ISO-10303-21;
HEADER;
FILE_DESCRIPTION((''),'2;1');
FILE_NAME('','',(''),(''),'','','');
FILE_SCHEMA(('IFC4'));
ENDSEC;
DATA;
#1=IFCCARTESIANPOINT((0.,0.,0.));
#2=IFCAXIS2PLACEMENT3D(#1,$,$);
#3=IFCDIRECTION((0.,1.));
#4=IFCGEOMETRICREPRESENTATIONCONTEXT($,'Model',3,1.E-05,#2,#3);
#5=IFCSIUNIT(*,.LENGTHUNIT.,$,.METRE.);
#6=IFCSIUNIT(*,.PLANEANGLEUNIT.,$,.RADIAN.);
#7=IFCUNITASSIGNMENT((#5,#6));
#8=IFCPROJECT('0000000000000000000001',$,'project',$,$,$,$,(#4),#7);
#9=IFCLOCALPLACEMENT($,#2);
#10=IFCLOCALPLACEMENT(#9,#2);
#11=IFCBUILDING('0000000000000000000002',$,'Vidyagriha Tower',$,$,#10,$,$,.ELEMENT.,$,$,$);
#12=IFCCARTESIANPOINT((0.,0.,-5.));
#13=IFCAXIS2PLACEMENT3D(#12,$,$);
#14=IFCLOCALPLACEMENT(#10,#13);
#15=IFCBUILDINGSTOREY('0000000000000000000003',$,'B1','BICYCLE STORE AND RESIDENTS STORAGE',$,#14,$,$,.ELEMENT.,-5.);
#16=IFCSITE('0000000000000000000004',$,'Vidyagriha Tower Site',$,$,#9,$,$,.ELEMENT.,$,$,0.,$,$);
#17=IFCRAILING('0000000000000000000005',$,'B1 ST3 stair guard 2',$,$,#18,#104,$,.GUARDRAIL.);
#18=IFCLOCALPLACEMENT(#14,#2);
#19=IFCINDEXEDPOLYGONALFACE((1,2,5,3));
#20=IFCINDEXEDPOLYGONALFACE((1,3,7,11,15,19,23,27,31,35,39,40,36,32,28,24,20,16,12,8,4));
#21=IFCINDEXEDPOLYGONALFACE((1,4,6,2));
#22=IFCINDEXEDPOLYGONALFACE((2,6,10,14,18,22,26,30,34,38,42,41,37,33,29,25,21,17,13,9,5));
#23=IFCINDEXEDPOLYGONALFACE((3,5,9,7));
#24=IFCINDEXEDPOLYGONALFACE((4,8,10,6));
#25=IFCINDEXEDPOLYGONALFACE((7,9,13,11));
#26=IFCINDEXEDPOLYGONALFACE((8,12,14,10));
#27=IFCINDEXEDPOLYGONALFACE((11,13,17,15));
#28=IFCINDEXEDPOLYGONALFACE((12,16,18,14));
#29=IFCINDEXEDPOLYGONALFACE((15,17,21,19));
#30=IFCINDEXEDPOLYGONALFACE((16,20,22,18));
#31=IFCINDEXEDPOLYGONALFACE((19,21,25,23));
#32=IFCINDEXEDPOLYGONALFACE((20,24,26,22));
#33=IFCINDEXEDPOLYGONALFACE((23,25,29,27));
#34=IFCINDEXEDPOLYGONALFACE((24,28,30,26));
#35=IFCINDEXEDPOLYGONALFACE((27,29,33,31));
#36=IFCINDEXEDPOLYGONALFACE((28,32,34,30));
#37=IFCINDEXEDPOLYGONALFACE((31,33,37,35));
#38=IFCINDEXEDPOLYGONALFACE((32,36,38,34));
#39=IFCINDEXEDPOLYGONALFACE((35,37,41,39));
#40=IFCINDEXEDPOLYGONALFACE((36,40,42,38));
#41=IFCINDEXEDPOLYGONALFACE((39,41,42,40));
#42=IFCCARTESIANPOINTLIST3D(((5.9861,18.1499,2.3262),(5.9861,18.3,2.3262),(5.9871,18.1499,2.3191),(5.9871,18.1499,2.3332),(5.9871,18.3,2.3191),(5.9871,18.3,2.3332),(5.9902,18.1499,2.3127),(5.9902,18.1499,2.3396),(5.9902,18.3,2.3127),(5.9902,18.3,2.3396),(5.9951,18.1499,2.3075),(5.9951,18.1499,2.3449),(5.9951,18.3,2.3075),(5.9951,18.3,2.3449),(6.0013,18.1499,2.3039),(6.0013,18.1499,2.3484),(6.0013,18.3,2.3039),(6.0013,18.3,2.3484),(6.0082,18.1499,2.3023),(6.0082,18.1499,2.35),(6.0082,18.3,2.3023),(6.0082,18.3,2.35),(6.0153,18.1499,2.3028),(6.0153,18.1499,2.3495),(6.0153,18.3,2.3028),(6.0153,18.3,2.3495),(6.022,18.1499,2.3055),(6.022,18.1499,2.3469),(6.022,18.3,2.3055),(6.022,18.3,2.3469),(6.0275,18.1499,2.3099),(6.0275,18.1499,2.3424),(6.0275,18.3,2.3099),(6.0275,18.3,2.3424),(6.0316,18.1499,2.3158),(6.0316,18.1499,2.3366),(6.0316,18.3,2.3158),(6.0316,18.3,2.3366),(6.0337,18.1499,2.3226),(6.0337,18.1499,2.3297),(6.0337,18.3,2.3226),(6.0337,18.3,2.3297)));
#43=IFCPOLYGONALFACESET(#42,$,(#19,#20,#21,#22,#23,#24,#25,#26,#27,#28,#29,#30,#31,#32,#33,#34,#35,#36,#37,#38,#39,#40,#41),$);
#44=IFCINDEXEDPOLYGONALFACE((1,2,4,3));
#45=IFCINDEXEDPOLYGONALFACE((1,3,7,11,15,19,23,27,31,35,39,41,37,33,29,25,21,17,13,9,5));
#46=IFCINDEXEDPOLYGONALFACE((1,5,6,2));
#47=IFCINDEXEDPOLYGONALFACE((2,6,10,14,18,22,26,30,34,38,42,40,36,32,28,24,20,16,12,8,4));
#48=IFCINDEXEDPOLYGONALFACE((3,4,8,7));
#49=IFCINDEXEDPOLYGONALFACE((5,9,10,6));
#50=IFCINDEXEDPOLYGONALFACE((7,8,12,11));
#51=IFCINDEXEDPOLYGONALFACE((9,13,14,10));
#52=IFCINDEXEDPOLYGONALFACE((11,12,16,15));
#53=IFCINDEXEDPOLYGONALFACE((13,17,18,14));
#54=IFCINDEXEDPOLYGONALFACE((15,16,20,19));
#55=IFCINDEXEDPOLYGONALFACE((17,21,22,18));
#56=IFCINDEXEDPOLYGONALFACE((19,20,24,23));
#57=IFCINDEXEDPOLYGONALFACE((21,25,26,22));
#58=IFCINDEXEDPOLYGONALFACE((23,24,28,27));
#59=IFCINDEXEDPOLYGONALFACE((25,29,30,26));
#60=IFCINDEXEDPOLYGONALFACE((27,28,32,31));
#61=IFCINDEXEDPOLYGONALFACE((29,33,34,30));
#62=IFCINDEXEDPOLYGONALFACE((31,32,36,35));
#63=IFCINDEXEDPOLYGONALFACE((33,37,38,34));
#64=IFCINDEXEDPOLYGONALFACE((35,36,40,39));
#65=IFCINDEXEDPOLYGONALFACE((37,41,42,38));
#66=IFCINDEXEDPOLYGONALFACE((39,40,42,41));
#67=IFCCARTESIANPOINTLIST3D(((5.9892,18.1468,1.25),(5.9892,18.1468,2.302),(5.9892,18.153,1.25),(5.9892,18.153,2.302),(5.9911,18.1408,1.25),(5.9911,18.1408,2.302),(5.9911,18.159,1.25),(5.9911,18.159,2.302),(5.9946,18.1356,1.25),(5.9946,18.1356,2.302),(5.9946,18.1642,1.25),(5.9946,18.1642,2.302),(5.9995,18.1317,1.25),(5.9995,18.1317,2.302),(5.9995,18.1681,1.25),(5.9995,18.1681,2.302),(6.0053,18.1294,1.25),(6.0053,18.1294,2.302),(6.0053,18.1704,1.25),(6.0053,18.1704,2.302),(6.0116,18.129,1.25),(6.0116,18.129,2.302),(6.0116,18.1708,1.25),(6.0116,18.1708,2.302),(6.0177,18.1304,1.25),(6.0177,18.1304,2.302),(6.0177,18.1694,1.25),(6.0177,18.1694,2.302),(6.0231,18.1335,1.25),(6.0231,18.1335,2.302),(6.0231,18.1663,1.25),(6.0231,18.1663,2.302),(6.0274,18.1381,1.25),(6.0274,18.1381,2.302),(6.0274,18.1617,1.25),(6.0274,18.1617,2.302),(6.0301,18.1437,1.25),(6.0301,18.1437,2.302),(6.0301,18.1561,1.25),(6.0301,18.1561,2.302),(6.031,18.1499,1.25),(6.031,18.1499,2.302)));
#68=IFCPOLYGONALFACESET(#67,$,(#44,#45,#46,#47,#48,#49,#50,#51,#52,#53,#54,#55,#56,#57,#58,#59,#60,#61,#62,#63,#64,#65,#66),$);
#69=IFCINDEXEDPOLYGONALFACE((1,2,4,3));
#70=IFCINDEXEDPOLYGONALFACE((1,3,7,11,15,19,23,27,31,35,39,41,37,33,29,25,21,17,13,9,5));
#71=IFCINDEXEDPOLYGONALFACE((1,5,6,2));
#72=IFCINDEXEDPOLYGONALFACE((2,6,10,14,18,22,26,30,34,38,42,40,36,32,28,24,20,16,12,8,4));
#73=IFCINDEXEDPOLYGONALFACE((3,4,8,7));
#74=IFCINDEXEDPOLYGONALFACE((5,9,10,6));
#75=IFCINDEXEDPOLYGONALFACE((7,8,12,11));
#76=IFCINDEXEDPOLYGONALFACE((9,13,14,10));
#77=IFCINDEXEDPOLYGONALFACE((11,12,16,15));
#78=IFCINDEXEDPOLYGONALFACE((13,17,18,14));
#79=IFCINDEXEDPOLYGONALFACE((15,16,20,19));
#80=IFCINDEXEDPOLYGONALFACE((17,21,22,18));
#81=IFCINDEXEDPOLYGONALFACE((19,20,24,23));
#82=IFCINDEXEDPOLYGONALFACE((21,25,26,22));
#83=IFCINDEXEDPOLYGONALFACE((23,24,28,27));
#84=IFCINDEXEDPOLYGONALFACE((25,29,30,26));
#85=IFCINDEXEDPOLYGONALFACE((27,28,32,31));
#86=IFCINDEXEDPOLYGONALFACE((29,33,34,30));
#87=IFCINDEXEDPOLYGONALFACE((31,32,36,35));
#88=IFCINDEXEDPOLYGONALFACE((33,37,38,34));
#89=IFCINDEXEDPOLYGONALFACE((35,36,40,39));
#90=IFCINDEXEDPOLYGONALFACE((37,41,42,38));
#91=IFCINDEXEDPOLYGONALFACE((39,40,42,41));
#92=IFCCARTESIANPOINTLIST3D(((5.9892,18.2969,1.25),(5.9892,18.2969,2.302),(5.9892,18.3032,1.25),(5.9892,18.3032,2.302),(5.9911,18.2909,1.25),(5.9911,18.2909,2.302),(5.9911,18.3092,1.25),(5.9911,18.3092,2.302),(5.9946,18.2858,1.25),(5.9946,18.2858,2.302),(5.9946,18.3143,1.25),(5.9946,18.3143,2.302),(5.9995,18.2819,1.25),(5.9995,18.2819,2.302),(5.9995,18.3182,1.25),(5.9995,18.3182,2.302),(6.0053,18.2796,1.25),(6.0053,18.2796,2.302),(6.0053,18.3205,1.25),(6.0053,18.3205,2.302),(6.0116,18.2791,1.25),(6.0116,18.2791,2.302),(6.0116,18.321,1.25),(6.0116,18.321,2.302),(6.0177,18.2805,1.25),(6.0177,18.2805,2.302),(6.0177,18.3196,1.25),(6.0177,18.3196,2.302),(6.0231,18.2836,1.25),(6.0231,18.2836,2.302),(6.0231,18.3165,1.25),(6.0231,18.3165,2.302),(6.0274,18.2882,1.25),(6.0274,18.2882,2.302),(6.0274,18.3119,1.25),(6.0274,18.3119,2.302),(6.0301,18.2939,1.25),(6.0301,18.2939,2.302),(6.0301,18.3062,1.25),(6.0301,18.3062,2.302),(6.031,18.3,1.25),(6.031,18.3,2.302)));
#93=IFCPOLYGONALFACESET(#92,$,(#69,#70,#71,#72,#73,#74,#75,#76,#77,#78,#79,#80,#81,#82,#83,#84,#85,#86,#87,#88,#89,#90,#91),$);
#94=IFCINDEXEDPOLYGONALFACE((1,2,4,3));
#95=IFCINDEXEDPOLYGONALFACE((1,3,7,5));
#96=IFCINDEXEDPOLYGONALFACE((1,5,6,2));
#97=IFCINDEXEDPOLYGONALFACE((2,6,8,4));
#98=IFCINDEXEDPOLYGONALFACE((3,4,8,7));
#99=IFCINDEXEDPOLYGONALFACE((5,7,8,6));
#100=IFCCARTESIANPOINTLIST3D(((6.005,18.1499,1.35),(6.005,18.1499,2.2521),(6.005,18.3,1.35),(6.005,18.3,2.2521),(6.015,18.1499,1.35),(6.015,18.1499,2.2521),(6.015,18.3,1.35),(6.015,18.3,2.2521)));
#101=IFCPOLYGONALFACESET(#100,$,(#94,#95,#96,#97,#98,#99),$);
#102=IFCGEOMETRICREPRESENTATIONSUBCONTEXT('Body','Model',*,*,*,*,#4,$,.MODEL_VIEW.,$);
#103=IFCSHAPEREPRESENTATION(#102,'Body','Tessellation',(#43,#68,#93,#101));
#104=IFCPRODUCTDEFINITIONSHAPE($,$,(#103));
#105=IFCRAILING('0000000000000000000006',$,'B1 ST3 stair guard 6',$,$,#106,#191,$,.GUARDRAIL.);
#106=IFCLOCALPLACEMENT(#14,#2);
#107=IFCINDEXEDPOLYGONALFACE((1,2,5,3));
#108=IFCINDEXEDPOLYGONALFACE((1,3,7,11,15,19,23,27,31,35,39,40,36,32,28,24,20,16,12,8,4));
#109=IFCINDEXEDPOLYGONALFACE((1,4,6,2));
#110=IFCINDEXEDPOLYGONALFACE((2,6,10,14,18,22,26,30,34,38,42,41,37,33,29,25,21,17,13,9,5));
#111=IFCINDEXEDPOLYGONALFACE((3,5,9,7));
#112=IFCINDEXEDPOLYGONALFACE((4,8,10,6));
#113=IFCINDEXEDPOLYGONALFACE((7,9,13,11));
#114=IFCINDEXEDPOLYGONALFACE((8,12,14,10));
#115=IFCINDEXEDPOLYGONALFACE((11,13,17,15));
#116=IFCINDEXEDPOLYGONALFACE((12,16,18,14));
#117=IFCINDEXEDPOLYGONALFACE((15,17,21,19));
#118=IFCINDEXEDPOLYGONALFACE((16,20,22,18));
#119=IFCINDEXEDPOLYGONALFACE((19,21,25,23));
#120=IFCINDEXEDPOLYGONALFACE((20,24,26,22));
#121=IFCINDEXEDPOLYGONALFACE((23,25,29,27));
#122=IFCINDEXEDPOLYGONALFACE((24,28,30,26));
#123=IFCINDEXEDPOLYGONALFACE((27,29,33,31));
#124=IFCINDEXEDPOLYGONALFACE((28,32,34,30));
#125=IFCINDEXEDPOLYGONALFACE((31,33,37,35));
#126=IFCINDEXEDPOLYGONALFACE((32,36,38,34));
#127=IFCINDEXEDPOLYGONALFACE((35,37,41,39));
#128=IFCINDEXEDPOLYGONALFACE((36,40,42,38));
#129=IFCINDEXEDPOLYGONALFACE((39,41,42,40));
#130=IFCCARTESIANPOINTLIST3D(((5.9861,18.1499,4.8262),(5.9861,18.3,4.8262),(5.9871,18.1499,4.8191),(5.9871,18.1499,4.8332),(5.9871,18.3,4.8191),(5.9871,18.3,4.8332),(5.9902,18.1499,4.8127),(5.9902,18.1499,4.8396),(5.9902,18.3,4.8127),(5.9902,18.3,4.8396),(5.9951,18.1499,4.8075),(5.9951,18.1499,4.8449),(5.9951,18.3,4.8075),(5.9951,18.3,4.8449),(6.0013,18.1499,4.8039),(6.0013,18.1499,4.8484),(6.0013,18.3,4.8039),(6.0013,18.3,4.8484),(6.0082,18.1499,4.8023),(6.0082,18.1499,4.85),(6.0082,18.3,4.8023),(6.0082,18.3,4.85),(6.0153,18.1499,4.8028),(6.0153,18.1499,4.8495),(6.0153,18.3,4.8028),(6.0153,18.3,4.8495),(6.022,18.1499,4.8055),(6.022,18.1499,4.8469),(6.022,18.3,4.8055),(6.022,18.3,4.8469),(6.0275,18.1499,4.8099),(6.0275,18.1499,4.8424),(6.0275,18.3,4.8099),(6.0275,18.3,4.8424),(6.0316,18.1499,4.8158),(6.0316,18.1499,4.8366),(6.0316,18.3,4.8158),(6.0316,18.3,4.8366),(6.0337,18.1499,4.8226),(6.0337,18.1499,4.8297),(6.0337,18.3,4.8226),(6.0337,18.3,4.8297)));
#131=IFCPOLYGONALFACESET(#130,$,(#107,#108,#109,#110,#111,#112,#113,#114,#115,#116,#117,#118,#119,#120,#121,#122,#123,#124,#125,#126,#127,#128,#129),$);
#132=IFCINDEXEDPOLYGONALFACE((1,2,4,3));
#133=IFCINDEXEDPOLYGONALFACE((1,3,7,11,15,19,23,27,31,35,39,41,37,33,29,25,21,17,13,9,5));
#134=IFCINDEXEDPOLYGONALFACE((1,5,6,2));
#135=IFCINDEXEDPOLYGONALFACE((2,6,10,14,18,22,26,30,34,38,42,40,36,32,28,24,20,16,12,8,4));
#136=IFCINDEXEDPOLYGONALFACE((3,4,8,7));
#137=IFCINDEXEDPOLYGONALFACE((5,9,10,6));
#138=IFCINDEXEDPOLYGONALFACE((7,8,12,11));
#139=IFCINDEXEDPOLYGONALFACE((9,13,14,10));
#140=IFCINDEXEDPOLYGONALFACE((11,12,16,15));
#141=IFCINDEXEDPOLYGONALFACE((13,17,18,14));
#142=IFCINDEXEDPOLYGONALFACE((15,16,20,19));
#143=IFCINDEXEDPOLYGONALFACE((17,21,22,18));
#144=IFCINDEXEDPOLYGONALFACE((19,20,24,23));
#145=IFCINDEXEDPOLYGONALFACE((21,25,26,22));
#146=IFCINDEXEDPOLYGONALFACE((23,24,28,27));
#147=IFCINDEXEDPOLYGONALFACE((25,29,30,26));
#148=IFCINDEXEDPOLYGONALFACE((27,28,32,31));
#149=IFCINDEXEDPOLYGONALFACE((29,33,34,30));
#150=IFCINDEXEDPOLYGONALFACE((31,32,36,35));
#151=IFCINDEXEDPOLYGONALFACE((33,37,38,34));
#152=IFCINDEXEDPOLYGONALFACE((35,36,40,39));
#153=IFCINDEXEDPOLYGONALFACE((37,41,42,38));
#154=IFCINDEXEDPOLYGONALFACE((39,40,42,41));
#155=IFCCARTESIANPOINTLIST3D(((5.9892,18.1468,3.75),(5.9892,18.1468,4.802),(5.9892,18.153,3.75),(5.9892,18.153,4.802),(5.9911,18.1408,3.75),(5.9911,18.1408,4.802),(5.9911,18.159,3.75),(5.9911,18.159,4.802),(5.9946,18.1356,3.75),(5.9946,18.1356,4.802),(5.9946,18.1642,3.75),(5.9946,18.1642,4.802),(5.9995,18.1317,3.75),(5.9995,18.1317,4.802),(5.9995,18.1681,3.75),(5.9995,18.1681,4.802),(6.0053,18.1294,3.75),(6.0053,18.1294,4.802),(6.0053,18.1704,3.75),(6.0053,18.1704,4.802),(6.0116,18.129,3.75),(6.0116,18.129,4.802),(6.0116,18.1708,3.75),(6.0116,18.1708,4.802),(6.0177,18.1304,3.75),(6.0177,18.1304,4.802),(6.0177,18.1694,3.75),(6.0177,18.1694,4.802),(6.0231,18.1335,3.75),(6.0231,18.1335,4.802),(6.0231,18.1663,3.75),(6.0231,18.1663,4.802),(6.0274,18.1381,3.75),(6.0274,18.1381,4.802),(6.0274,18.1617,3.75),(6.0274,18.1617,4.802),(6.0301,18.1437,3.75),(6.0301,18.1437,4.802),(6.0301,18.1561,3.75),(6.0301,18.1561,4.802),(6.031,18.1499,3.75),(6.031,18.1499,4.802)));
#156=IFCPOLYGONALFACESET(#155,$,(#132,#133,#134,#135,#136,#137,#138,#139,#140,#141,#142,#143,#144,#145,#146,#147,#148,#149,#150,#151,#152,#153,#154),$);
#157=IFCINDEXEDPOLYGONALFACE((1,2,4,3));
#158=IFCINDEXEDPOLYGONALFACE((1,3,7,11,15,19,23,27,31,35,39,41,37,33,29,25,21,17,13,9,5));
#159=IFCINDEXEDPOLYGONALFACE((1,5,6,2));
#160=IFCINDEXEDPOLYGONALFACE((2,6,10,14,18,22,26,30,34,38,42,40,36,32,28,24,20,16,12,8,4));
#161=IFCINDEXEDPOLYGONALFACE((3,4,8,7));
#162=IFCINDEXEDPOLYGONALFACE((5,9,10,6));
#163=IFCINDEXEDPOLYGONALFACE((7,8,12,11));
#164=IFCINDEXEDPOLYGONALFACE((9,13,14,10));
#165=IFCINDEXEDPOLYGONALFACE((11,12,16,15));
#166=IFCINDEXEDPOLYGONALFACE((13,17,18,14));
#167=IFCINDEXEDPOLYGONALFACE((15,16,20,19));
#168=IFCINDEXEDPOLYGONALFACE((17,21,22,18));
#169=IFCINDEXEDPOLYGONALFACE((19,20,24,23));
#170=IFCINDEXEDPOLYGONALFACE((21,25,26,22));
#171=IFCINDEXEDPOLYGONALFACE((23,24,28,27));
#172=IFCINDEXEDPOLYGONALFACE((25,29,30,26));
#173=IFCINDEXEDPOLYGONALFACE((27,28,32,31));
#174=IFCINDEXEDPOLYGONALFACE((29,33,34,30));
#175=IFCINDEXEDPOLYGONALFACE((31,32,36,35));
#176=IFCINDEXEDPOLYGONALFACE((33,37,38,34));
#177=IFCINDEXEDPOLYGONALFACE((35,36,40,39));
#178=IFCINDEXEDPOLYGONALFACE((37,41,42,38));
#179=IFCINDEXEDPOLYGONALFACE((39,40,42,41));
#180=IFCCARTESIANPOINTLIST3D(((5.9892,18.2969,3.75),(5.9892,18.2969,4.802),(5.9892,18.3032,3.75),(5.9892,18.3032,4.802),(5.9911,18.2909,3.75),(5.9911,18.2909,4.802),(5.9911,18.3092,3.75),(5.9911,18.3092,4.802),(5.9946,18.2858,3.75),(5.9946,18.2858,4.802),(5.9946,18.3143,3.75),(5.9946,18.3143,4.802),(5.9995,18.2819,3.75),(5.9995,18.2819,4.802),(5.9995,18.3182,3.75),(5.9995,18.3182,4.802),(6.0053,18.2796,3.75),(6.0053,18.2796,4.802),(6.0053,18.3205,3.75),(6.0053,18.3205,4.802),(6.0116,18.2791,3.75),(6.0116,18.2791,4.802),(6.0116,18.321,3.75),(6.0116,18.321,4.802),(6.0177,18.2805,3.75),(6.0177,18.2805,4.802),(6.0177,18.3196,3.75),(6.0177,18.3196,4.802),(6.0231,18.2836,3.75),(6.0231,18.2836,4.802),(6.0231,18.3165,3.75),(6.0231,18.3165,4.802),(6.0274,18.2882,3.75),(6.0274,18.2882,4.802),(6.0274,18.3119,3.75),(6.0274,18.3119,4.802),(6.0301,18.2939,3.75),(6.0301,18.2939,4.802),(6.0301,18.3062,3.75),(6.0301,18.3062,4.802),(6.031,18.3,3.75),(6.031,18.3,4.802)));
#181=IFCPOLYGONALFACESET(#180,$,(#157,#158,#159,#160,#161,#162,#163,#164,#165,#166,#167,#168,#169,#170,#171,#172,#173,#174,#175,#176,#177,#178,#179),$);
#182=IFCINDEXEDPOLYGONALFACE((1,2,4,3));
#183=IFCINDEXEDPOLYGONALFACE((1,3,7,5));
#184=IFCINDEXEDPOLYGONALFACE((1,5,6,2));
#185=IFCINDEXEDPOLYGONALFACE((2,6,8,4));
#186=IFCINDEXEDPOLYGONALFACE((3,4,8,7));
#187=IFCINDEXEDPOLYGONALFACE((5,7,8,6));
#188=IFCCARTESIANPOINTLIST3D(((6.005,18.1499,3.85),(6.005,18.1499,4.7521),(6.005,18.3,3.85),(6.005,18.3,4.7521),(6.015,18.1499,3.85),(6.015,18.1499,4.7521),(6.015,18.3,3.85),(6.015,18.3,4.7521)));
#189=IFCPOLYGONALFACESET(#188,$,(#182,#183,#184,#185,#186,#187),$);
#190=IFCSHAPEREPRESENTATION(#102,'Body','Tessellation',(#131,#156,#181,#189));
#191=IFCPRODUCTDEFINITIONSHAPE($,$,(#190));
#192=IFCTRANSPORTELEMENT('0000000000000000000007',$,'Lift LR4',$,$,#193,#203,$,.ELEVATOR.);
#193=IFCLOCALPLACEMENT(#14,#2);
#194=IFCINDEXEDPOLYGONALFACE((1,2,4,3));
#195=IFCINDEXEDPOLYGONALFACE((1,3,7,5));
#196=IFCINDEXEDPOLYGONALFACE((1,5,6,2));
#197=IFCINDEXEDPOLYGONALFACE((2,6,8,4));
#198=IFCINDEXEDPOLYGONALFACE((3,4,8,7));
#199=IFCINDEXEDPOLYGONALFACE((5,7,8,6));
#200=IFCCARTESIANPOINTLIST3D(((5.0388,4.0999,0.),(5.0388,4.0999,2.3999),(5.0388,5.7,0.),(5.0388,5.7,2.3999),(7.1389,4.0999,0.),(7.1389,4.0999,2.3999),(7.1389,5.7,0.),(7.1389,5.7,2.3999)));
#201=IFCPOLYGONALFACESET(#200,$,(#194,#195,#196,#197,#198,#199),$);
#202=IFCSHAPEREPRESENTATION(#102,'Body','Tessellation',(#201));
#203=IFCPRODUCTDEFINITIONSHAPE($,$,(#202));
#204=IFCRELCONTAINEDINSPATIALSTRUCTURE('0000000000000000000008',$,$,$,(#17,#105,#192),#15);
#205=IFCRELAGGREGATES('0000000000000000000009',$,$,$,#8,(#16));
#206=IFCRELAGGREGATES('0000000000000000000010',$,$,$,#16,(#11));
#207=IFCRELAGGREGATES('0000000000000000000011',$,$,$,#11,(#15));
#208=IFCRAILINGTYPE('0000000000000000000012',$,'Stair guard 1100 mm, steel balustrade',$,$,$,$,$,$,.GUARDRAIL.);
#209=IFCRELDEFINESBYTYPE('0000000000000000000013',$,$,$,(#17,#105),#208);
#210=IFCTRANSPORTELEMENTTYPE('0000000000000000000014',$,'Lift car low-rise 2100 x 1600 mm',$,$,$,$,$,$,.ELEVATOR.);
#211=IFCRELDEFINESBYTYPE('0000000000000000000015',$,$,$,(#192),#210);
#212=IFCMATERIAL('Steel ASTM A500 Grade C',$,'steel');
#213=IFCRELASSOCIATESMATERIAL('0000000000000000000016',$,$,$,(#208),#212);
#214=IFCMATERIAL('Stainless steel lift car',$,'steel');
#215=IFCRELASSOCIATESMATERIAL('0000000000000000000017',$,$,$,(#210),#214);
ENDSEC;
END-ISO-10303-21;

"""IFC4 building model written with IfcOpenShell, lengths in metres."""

from ifc_helpers import new_model, si_unit, direction, frame, origin, origin_2d, place, context, subcontext, project, spatial, rectangle, circle, extrude, material, type_object, element, save


model = new_model("IFC4")

# Units and contexts
model_context = context("Model", 3, precision=1e-05, world=origin(), true_north=direction((0.0, 1.0)))
body_context = subcontext(model_context, "Body", "Model", "MODEL_VIEW")
ifc_project = project(units=[si_unit("LENGTHUNIT", "METRE"), si_unit("PLANEANGLEUNIT", "RADIAN")], contexts=[model_context])

# Site, building, storey
site_placement = place(None, origin())
site = spatial("IfcSite", under=ifc_project, at=site_placement, Name="Vidyagriha Tower Site", CompositionType="ELEMENT", RefElevation=0.0)
building_placement = place(site_placement, origin())
building = spatial("IfcBuilding", under=site, at=building_placement, Name="Vidyagriha Tower", CompositionType="ELEMENT")
storey_placement = place(building_placement, frame((0.0, 0.0, -5.0)))
storey = spatial("IfcBuildingStorey", under=building, at=storey_placement, Name="B1", Description="BICYCLE STORE AND RESIDENTS STORAGE", CompositionType="ELEMENT", Elevation=-5.0)

# Railings
ifc_material_1 = material(Name="Steel ASTM A500 Grade C", Category="steel")
railing_type = type_object("IfcRailingType", Name="Stair guard 1100 mm, steel balustrade", PredefinedType="GUARDRAIL", material=ifc_material_1)
for number, where, name in (
    (1, (6.01, 18.1499, 1.25), "B1 ST3 stair guard 2"),
    (2, (6.01, 18.1499, 3.75), "B1 ST3 stair guard 6"),
):
    element("IfcRailing", number, at=place(storey_placement, frame(where)), inside=storey, type_object=railing_type, Name=name, PredefinedType="GUARDRAIL", context=body_context, shape_type="SweptSolid", body=[
        extrude(circle(Radius=0.0239, at=origin_2d()), frame((0.0, 0.0, 1.0762), z_axis=(0.0, 1.0, 0.0), x_axis=(-1.0, 0.0, 0.0)), (0.0, 0.0, 1.0), 0.1501),
        extrude(circle(Radius=0.021, at=origin_2d()), origin(), (0.0, 0.0, 1.0), 1.052),
        extrude(circle(Radius=0.021, at=origin_2d()), frame((0.0, 0.1501, 0.0)), (0.0, 0.0, 1.0), 1.052),
        extrude(rectangle(XDim=0.01, YDim=0.9021, at=origin_2d()), frame((0.0, 0.0, 0.551), z_axis=(0.0, 1.0, 0.0), x_axis=(-1.0, 0.0, 0.0)), (0.0, 0.0, 1.0), 0.1501),
    ])

# Transport element
ifc_material_2 = material(Name="Stainless steel lift car", Category="steel")
transport_element_type = type_object("IfcTransportElementType", Name="Lift car low-rise 2100 x 1600 mm", PredefinedType="ELEVATOR", material=ifc_material_2)
transport_element_placement = place(storey_placement, frame((6.0889, 4.8999, 0.0)))
element("IfcTransportElement", 3, at=transport_element_placement, inside=storey, type_object=transport_element_type, Name="Lift LR4", PredefinedType="ELEVATOR", context=body_context, shape_type="SweptSolid", body=[
    extrude(rectangle(XDim=2.1001, YDim=1.6001, at=origin_2d()), origin(), (0.0, 0.0, 1.0), 2.3999),
])

save(model, "model.ifc")
